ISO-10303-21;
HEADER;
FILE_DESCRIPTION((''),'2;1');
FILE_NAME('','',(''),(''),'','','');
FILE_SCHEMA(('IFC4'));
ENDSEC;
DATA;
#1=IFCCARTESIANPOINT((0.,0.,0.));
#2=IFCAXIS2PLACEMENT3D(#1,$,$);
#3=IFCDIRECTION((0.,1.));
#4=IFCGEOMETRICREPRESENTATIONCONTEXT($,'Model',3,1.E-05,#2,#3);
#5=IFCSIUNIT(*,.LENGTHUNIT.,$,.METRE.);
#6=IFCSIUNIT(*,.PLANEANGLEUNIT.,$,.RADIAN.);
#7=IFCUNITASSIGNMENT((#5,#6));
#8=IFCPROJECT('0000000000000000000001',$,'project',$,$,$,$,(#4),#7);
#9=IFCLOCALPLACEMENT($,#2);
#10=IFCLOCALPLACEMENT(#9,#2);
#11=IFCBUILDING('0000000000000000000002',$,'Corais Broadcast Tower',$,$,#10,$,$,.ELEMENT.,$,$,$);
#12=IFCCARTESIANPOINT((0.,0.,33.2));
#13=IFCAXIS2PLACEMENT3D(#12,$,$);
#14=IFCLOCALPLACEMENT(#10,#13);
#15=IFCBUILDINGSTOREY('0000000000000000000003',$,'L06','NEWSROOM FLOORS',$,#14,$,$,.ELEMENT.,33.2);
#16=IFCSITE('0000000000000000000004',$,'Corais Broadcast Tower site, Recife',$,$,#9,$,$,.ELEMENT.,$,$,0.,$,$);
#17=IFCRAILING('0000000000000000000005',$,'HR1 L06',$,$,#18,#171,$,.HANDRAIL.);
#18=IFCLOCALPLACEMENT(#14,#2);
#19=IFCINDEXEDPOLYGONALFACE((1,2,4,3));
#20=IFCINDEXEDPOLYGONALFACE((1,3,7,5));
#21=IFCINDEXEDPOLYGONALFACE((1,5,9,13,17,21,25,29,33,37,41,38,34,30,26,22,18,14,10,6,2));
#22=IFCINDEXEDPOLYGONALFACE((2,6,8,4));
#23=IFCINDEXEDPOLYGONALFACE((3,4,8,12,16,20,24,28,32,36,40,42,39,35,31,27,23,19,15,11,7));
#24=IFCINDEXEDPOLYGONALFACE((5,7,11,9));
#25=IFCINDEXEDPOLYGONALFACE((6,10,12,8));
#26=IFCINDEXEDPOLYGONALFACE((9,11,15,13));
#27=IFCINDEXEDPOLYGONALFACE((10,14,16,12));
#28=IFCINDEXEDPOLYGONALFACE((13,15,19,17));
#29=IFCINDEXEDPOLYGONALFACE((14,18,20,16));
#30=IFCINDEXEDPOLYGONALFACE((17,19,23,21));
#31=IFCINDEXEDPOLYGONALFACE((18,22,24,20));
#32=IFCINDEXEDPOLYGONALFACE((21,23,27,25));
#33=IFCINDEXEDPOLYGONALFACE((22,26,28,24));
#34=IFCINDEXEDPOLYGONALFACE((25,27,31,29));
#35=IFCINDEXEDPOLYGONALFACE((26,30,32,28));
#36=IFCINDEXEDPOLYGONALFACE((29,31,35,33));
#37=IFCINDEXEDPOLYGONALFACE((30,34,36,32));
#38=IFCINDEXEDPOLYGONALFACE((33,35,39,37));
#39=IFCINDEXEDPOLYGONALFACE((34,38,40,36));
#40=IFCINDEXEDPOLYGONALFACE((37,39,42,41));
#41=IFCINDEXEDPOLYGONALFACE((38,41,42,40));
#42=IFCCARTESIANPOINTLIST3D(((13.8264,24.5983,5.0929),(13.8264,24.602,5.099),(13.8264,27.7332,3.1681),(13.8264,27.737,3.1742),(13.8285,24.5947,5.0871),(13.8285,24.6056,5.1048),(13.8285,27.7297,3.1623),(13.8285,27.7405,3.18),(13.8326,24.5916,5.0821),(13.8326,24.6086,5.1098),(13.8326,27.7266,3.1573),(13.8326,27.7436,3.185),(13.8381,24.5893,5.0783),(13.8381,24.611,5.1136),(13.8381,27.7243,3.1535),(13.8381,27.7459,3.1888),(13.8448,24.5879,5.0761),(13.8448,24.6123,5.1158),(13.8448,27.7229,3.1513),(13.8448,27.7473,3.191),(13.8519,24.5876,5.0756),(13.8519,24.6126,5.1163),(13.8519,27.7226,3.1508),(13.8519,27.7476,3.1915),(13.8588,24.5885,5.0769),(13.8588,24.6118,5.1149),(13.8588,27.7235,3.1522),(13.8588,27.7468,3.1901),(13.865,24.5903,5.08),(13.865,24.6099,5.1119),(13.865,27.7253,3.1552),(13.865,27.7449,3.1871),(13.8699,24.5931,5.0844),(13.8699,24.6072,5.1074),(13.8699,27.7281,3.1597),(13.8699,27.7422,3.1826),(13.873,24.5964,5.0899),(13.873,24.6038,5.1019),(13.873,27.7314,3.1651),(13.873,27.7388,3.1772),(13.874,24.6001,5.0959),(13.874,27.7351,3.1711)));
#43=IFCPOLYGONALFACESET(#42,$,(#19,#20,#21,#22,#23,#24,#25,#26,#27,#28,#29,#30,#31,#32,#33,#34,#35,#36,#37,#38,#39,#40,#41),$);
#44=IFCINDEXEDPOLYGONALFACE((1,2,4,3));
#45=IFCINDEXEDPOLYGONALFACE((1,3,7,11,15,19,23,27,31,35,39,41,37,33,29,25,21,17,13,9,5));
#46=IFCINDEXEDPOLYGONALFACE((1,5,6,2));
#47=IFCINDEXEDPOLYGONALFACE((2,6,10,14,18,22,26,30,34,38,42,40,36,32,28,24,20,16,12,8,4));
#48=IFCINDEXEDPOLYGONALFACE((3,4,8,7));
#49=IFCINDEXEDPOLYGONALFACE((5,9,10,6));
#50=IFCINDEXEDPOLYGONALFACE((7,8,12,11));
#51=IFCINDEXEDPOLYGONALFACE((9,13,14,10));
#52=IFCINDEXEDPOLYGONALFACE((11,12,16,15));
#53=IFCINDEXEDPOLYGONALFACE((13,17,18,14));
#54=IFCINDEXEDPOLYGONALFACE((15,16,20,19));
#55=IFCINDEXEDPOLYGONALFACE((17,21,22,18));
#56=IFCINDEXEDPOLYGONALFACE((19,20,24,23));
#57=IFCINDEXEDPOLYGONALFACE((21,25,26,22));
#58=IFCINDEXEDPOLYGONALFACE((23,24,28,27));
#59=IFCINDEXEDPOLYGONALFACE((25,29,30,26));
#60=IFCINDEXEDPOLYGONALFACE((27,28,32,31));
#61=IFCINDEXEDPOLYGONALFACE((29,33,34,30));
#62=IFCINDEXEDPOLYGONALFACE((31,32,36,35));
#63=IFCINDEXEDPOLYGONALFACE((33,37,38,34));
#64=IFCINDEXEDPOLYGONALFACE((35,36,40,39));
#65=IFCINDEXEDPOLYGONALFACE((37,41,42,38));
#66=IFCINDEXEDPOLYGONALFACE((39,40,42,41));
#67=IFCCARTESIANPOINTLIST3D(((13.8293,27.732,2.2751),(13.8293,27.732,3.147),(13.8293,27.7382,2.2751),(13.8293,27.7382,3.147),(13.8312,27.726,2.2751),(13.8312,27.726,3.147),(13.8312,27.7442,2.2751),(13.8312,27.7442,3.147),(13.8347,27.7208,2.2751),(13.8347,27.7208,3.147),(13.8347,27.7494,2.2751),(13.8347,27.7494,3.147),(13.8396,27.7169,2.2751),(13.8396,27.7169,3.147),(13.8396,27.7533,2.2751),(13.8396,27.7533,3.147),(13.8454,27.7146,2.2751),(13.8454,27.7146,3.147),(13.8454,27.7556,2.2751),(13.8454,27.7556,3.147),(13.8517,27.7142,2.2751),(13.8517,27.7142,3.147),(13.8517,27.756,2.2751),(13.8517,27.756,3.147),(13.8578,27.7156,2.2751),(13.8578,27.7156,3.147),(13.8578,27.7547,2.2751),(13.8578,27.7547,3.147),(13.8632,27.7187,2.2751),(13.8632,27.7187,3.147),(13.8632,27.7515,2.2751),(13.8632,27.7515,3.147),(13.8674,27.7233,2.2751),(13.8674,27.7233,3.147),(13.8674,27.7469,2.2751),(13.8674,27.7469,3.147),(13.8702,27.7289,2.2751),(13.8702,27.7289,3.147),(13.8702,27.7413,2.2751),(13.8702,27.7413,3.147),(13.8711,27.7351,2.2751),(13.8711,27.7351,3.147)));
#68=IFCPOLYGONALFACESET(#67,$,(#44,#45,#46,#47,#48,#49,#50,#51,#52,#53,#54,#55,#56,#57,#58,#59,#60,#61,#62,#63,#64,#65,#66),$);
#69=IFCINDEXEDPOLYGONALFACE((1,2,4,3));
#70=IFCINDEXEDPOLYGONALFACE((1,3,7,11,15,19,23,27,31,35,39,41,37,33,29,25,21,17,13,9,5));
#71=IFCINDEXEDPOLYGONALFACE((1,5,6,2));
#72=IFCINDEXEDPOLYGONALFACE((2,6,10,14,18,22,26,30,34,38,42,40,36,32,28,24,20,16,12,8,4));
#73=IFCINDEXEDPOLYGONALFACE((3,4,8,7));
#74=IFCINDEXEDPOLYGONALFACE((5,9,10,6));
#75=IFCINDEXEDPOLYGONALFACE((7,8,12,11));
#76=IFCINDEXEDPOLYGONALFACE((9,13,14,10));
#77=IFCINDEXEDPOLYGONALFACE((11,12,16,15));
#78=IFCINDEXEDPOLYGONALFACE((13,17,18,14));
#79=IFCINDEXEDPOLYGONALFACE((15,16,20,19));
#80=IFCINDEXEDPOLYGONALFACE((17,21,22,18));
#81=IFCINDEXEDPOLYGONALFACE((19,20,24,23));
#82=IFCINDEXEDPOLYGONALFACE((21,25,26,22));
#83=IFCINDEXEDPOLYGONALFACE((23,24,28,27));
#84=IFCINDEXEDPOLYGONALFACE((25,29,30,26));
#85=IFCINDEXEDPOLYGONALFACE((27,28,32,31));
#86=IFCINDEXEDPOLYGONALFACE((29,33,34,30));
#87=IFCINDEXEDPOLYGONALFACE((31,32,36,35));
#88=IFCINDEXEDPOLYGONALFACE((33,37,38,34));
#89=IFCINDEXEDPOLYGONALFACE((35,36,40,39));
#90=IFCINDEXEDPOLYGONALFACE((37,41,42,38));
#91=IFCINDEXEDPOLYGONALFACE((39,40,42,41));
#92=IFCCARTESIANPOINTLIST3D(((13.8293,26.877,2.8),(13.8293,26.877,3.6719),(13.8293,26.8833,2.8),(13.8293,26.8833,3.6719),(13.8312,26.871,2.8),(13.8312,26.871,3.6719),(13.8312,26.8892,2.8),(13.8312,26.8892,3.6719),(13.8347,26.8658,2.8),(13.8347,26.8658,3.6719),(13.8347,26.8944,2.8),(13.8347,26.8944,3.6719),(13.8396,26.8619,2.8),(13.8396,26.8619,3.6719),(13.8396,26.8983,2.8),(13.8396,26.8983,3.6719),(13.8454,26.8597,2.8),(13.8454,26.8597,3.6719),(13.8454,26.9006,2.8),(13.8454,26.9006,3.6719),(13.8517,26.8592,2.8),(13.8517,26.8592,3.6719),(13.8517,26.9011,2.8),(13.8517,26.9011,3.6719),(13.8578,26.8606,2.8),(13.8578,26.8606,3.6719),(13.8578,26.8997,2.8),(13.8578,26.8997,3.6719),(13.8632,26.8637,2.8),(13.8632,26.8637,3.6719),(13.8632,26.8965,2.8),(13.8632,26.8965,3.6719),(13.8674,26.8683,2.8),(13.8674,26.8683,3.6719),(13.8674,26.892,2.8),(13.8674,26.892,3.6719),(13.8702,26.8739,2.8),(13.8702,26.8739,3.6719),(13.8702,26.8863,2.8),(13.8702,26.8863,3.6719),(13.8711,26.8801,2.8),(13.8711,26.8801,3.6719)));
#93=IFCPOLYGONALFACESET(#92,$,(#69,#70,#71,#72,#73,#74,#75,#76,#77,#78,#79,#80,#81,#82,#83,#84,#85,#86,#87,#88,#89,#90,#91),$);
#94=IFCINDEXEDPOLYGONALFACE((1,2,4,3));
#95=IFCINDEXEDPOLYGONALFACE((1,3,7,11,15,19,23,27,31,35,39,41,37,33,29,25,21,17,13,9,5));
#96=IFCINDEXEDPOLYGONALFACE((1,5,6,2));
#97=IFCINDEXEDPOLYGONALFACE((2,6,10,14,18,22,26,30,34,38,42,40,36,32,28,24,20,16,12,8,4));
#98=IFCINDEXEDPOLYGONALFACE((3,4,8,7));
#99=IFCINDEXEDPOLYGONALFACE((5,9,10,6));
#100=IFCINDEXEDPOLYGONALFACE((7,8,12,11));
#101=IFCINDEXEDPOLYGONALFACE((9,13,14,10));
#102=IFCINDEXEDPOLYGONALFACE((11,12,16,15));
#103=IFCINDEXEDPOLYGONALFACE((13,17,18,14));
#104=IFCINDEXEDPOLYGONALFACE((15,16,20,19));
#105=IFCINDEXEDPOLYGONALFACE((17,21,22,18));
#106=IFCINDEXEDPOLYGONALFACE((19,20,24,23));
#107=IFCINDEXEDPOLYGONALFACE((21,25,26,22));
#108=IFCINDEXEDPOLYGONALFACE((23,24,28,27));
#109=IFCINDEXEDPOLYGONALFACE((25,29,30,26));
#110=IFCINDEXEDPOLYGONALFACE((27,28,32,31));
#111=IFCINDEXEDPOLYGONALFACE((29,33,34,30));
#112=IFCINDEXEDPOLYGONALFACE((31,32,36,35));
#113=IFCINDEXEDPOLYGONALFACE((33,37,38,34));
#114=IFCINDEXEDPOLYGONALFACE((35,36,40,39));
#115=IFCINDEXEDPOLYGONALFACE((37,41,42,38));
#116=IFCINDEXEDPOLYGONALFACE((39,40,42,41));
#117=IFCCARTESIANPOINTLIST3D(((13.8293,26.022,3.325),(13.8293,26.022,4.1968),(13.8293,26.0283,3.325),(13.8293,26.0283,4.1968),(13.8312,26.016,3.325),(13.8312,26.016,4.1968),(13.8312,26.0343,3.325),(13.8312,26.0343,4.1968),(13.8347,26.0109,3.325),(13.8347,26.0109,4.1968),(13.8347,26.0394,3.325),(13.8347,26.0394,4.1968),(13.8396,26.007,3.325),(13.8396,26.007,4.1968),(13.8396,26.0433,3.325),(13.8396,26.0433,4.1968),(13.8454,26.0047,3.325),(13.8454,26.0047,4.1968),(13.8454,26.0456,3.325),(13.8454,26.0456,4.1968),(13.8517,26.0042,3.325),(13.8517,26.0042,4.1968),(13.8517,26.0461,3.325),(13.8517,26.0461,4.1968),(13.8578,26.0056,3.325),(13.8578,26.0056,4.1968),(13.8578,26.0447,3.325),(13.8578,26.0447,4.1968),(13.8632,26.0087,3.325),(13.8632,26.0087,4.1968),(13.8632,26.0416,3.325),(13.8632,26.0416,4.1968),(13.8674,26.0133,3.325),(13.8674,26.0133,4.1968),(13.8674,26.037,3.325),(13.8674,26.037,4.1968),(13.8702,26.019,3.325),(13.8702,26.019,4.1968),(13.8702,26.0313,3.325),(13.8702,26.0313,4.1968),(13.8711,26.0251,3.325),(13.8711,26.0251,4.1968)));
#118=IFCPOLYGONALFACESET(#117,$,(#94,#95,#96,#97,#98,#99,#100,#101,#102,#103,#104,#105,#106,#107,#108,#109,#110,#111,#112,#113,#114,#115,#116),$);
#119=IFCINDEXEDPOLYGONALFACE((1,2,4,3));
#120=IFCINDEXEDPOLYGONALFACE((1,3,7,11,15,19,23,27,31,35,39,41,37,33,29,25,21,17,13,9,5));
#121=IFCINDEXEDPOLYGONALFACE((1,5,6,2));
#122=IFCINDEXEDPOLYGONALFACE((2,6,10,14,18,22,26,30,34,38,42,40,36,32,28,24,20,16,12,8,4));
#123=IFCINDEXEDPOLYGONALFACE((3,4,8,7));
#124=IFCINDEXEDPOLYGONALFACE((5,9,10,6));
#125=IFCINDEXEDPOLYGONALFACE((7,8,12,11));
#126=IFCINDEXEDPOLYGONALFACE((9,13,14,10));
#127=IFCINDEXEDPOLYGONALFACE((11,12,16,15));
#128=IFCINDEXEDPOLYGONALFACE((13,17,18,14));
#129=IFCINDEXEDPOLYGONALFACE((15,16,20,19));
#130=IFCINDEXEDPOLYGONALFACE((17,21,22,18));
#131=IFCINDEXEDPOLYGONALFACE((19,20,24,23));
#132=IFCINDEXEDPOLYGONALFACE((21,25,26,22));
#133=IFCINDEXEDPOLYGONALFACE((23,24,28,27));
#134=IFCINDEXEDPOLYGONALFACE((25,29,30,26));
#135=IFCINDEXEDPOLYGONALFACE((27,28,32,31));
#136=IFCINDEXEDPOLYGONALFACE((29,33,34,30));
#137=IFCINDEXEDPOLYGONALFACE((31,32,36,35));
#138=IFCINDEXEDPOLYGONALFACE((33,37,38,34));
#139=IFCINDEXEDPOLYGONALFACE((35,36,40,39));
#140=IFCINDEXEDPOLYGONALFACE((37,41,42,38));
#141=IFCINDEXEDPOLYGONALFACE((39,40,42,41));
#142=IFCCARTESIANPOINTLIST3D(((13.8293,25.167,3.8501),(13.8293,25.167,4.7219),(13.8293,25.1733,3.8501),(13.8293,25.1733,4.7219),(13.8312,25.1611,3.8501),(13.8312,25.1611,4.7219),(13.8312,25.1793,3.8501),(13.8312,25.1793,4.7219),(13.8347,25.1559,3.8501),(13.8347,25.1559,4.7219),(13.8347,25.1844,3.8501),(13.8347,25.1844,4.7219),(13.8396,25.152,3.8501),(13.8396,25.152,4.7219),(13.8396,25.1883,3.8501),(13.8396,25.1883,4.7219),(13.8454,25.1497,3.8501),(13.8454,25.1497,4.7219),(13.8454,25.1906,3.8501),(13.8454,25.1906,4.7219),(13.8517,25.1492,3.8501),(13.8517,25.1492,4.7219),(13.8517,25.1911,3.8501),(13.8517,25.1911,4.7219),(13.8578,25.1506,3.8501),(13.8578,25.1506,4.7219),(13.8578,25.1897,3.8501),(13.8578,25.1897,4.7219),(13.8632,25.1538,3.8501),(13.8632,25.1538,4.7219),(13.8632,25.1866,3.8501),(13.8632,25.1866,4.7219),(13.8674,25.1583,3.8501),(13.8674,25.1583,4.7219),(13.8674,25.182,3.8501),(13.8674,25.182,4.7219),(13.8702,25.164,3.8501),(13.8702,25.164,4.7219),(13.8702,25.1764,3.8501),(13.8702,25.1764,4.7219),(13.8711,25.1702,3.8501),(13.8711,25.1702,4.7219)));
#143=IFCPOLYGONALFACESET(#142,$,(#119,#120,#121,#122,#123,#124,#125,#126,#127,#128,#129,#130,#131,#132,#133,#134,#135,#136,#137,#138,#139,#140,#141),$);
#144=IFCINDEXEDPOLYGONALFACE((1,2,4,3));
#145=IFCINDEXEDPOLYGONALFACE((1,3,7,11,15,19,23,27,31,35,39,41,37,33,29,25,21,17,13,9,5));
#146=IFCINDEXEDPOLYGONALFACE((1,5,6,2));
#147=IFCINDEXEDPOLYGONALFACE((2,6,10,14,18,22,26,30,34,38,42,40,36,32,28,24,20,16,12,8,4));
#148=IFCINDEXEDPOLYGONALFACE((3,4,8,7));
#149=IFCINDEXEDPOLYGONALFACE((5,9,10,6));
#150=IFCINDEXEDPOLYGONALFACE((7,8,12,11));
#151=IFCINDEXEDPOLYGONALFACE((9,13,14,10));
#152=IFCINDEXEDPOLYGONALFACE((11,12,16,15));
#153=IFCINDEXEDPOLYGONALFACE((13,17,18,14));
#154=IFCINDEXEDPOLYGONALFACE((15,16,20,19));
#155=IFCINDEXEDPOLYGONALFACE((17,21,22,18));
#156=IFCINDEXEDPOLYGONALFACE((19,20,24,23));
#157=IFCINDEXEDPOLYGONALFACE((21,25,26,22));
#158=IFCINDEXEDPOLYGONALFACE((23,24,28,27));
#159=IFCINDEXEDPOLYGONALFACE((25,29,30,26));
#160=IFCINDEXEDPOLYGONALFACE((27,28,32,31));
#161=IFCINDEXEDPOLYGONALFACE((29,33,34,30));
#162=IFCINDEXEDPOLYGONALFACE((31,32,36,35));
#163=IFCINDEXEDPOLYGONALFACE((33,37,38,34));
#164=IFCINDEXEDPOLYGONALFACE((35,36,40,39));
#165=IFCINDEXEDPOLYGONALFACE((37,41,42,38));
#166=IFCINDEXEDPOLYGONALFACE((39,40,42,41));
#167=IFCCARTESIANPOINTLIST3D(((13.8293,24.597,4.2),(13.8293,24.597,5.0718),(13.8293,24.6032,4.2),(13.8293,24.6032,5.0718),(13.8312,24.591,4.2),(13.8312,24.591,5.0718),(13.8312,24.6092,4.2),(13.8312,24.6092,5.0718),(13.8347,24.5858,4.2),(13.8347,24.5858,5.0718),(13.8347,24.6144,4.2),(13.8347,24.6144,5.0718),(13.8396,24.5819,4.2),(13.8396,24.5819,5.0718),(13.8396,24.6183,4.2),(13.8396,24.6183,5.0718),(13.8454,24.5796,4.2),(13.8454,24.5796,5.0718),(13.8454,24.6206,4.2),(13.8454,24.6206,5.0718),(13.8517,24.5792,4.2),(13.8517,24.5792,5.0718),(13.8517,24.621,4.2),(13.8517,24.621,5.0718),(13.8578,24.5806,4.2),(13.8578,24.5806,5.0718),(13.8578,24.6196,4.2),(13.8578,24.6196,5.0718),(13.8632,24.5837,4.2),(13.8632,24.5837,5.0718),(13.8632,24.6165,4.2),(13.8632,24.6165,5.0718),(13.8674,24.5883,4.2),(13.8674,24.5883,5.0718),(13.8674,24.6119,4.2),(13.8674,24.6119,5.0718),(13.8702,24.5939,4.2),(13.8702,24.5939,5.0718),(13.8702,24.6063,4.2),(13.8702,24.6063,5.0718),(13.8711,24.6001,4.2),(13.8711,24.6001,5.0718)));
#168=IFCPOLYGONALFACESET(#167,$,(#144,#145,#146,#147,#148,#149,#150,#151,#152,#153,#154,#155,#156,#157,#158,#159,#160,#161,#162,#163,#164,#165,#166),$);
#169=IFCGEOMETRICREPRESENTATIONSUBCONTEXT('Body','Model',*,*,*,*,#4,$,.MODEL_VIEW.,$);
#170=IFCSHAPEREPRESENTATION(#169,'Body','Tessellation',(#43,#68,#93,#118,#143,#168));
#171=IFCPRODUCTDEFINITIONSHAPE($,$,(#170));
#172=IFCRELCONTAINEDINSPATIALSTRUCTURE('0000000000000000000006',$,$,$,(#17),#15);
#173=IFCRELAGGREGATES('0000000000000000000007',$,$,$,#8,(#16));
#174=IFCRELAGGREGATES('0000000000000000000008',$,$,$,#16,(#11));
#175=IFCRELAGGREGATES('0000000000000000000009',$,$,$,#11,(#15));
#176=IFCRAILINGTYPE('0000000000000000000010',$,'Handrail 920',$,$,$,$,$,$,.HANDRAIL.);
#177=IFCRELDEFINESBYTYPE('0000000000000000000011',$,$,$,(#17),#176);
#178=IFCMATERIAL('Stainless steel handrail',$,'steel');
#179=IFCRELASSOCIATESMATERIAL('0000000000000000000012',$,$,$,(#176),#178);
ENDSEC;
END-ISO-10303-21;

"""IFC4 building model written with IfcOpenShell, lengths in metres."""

from ifc_helpers import new_model, si_unit, direction, frame, origin, origin_2d, place, context, subcontext, project, spatial, circle, extrude, material, type_object, element, save


model = new_model("IFC4")

# Units and contexts
model_context = context("Model", 3, precision=1e-05, world=origin(), true_north=direction((0.0, 1.0)))
body_context = subcontext(model_context, "Body", "Model", "MODEL_VIEW")
ifc_project = project(units=[si_unit("LENGTHUNIT", "METRE"), si_unit("PLANEANGLEUNIT", "RADIAN")], contexts=[model_context])

# Site, building, storey
site_placement = place(None, origin())
site = spatial("IfcSite", under=ifc_project, at=site_placement, Name="Corais Broadcast Tower site, Recife", CompositionType="ELEMENT", RefElevation=0.0)
building_placement = place(site_placement, origin())
building = spatial("IfcBuilding", under=site, at=building_placement, Name="Corais Broadcast Tower", CompositionType="ELEMENT")
storey_placement = place(building_placement, frame((0.0, 0.0, 33.2)))
storey = spatial("IfcBuildingStorey", under=building, at=storey_placement, Name="L06", Description="NEWSROOM FLOORS", CompositionType="ELEMENT", Elevation=33.2)

# Railing
ifc_material_1 = material(Name="Stainless steel handrail", Category="steel")
railing_type = type_object("IfcRailingType", Name="Handrail 920", PredefinedType="HANDRAIL", material=ifc_material_1)
railing_placement = place(storey_placement, frame((13.8501, 27.7351, 2.2751)))
element("IfcRailing", 1, at=railing_placement, inside=storey, type_object=railing_type, Name="HR1 L06", PredefinedType="HANDRAIL", context=body_context, shape_type="SweptSolid", body=[
    extrude(circle(Radius=0.0239, at=origin_2d()), frame((0.0, 0.0, 0.896), z_axis=(0.0, -0.852196, 0.523223), x_axis=(1.0, 0.0, 0.0)), (0.0, 0.0, 1.0), 3.6787),
    extrude(circle(Radius=0.021, at=origin_2d()), origin(), (0.0, 0.0, 1.0), 0.8718),
    extrude(circle(Radius=0.021, at=origin_2d()), frame((0.0, -0.855, 0.5249)), (0.0, 0.0, 1.0), 0.8718),
    extrude(circle(Radius=0.021, at=origin_2d()), frame((0.0, -1.71, 1.0498)), (0.0, 0.0, 1.0), 0.8718),
    extrude(circle(Radius=0.021, at=origin_2d()), frame((0.0, -2.5649, 1.575)), (0.0, 0.0, 1.0), 0.8718),
    extrude(circle(Radius=0.021, at=origin_2d()), frame((0.0, -3.135, 1.9248)), (0.0, 0.0, 1.0), 0.8718),
])

save(model, "model.ifc")
